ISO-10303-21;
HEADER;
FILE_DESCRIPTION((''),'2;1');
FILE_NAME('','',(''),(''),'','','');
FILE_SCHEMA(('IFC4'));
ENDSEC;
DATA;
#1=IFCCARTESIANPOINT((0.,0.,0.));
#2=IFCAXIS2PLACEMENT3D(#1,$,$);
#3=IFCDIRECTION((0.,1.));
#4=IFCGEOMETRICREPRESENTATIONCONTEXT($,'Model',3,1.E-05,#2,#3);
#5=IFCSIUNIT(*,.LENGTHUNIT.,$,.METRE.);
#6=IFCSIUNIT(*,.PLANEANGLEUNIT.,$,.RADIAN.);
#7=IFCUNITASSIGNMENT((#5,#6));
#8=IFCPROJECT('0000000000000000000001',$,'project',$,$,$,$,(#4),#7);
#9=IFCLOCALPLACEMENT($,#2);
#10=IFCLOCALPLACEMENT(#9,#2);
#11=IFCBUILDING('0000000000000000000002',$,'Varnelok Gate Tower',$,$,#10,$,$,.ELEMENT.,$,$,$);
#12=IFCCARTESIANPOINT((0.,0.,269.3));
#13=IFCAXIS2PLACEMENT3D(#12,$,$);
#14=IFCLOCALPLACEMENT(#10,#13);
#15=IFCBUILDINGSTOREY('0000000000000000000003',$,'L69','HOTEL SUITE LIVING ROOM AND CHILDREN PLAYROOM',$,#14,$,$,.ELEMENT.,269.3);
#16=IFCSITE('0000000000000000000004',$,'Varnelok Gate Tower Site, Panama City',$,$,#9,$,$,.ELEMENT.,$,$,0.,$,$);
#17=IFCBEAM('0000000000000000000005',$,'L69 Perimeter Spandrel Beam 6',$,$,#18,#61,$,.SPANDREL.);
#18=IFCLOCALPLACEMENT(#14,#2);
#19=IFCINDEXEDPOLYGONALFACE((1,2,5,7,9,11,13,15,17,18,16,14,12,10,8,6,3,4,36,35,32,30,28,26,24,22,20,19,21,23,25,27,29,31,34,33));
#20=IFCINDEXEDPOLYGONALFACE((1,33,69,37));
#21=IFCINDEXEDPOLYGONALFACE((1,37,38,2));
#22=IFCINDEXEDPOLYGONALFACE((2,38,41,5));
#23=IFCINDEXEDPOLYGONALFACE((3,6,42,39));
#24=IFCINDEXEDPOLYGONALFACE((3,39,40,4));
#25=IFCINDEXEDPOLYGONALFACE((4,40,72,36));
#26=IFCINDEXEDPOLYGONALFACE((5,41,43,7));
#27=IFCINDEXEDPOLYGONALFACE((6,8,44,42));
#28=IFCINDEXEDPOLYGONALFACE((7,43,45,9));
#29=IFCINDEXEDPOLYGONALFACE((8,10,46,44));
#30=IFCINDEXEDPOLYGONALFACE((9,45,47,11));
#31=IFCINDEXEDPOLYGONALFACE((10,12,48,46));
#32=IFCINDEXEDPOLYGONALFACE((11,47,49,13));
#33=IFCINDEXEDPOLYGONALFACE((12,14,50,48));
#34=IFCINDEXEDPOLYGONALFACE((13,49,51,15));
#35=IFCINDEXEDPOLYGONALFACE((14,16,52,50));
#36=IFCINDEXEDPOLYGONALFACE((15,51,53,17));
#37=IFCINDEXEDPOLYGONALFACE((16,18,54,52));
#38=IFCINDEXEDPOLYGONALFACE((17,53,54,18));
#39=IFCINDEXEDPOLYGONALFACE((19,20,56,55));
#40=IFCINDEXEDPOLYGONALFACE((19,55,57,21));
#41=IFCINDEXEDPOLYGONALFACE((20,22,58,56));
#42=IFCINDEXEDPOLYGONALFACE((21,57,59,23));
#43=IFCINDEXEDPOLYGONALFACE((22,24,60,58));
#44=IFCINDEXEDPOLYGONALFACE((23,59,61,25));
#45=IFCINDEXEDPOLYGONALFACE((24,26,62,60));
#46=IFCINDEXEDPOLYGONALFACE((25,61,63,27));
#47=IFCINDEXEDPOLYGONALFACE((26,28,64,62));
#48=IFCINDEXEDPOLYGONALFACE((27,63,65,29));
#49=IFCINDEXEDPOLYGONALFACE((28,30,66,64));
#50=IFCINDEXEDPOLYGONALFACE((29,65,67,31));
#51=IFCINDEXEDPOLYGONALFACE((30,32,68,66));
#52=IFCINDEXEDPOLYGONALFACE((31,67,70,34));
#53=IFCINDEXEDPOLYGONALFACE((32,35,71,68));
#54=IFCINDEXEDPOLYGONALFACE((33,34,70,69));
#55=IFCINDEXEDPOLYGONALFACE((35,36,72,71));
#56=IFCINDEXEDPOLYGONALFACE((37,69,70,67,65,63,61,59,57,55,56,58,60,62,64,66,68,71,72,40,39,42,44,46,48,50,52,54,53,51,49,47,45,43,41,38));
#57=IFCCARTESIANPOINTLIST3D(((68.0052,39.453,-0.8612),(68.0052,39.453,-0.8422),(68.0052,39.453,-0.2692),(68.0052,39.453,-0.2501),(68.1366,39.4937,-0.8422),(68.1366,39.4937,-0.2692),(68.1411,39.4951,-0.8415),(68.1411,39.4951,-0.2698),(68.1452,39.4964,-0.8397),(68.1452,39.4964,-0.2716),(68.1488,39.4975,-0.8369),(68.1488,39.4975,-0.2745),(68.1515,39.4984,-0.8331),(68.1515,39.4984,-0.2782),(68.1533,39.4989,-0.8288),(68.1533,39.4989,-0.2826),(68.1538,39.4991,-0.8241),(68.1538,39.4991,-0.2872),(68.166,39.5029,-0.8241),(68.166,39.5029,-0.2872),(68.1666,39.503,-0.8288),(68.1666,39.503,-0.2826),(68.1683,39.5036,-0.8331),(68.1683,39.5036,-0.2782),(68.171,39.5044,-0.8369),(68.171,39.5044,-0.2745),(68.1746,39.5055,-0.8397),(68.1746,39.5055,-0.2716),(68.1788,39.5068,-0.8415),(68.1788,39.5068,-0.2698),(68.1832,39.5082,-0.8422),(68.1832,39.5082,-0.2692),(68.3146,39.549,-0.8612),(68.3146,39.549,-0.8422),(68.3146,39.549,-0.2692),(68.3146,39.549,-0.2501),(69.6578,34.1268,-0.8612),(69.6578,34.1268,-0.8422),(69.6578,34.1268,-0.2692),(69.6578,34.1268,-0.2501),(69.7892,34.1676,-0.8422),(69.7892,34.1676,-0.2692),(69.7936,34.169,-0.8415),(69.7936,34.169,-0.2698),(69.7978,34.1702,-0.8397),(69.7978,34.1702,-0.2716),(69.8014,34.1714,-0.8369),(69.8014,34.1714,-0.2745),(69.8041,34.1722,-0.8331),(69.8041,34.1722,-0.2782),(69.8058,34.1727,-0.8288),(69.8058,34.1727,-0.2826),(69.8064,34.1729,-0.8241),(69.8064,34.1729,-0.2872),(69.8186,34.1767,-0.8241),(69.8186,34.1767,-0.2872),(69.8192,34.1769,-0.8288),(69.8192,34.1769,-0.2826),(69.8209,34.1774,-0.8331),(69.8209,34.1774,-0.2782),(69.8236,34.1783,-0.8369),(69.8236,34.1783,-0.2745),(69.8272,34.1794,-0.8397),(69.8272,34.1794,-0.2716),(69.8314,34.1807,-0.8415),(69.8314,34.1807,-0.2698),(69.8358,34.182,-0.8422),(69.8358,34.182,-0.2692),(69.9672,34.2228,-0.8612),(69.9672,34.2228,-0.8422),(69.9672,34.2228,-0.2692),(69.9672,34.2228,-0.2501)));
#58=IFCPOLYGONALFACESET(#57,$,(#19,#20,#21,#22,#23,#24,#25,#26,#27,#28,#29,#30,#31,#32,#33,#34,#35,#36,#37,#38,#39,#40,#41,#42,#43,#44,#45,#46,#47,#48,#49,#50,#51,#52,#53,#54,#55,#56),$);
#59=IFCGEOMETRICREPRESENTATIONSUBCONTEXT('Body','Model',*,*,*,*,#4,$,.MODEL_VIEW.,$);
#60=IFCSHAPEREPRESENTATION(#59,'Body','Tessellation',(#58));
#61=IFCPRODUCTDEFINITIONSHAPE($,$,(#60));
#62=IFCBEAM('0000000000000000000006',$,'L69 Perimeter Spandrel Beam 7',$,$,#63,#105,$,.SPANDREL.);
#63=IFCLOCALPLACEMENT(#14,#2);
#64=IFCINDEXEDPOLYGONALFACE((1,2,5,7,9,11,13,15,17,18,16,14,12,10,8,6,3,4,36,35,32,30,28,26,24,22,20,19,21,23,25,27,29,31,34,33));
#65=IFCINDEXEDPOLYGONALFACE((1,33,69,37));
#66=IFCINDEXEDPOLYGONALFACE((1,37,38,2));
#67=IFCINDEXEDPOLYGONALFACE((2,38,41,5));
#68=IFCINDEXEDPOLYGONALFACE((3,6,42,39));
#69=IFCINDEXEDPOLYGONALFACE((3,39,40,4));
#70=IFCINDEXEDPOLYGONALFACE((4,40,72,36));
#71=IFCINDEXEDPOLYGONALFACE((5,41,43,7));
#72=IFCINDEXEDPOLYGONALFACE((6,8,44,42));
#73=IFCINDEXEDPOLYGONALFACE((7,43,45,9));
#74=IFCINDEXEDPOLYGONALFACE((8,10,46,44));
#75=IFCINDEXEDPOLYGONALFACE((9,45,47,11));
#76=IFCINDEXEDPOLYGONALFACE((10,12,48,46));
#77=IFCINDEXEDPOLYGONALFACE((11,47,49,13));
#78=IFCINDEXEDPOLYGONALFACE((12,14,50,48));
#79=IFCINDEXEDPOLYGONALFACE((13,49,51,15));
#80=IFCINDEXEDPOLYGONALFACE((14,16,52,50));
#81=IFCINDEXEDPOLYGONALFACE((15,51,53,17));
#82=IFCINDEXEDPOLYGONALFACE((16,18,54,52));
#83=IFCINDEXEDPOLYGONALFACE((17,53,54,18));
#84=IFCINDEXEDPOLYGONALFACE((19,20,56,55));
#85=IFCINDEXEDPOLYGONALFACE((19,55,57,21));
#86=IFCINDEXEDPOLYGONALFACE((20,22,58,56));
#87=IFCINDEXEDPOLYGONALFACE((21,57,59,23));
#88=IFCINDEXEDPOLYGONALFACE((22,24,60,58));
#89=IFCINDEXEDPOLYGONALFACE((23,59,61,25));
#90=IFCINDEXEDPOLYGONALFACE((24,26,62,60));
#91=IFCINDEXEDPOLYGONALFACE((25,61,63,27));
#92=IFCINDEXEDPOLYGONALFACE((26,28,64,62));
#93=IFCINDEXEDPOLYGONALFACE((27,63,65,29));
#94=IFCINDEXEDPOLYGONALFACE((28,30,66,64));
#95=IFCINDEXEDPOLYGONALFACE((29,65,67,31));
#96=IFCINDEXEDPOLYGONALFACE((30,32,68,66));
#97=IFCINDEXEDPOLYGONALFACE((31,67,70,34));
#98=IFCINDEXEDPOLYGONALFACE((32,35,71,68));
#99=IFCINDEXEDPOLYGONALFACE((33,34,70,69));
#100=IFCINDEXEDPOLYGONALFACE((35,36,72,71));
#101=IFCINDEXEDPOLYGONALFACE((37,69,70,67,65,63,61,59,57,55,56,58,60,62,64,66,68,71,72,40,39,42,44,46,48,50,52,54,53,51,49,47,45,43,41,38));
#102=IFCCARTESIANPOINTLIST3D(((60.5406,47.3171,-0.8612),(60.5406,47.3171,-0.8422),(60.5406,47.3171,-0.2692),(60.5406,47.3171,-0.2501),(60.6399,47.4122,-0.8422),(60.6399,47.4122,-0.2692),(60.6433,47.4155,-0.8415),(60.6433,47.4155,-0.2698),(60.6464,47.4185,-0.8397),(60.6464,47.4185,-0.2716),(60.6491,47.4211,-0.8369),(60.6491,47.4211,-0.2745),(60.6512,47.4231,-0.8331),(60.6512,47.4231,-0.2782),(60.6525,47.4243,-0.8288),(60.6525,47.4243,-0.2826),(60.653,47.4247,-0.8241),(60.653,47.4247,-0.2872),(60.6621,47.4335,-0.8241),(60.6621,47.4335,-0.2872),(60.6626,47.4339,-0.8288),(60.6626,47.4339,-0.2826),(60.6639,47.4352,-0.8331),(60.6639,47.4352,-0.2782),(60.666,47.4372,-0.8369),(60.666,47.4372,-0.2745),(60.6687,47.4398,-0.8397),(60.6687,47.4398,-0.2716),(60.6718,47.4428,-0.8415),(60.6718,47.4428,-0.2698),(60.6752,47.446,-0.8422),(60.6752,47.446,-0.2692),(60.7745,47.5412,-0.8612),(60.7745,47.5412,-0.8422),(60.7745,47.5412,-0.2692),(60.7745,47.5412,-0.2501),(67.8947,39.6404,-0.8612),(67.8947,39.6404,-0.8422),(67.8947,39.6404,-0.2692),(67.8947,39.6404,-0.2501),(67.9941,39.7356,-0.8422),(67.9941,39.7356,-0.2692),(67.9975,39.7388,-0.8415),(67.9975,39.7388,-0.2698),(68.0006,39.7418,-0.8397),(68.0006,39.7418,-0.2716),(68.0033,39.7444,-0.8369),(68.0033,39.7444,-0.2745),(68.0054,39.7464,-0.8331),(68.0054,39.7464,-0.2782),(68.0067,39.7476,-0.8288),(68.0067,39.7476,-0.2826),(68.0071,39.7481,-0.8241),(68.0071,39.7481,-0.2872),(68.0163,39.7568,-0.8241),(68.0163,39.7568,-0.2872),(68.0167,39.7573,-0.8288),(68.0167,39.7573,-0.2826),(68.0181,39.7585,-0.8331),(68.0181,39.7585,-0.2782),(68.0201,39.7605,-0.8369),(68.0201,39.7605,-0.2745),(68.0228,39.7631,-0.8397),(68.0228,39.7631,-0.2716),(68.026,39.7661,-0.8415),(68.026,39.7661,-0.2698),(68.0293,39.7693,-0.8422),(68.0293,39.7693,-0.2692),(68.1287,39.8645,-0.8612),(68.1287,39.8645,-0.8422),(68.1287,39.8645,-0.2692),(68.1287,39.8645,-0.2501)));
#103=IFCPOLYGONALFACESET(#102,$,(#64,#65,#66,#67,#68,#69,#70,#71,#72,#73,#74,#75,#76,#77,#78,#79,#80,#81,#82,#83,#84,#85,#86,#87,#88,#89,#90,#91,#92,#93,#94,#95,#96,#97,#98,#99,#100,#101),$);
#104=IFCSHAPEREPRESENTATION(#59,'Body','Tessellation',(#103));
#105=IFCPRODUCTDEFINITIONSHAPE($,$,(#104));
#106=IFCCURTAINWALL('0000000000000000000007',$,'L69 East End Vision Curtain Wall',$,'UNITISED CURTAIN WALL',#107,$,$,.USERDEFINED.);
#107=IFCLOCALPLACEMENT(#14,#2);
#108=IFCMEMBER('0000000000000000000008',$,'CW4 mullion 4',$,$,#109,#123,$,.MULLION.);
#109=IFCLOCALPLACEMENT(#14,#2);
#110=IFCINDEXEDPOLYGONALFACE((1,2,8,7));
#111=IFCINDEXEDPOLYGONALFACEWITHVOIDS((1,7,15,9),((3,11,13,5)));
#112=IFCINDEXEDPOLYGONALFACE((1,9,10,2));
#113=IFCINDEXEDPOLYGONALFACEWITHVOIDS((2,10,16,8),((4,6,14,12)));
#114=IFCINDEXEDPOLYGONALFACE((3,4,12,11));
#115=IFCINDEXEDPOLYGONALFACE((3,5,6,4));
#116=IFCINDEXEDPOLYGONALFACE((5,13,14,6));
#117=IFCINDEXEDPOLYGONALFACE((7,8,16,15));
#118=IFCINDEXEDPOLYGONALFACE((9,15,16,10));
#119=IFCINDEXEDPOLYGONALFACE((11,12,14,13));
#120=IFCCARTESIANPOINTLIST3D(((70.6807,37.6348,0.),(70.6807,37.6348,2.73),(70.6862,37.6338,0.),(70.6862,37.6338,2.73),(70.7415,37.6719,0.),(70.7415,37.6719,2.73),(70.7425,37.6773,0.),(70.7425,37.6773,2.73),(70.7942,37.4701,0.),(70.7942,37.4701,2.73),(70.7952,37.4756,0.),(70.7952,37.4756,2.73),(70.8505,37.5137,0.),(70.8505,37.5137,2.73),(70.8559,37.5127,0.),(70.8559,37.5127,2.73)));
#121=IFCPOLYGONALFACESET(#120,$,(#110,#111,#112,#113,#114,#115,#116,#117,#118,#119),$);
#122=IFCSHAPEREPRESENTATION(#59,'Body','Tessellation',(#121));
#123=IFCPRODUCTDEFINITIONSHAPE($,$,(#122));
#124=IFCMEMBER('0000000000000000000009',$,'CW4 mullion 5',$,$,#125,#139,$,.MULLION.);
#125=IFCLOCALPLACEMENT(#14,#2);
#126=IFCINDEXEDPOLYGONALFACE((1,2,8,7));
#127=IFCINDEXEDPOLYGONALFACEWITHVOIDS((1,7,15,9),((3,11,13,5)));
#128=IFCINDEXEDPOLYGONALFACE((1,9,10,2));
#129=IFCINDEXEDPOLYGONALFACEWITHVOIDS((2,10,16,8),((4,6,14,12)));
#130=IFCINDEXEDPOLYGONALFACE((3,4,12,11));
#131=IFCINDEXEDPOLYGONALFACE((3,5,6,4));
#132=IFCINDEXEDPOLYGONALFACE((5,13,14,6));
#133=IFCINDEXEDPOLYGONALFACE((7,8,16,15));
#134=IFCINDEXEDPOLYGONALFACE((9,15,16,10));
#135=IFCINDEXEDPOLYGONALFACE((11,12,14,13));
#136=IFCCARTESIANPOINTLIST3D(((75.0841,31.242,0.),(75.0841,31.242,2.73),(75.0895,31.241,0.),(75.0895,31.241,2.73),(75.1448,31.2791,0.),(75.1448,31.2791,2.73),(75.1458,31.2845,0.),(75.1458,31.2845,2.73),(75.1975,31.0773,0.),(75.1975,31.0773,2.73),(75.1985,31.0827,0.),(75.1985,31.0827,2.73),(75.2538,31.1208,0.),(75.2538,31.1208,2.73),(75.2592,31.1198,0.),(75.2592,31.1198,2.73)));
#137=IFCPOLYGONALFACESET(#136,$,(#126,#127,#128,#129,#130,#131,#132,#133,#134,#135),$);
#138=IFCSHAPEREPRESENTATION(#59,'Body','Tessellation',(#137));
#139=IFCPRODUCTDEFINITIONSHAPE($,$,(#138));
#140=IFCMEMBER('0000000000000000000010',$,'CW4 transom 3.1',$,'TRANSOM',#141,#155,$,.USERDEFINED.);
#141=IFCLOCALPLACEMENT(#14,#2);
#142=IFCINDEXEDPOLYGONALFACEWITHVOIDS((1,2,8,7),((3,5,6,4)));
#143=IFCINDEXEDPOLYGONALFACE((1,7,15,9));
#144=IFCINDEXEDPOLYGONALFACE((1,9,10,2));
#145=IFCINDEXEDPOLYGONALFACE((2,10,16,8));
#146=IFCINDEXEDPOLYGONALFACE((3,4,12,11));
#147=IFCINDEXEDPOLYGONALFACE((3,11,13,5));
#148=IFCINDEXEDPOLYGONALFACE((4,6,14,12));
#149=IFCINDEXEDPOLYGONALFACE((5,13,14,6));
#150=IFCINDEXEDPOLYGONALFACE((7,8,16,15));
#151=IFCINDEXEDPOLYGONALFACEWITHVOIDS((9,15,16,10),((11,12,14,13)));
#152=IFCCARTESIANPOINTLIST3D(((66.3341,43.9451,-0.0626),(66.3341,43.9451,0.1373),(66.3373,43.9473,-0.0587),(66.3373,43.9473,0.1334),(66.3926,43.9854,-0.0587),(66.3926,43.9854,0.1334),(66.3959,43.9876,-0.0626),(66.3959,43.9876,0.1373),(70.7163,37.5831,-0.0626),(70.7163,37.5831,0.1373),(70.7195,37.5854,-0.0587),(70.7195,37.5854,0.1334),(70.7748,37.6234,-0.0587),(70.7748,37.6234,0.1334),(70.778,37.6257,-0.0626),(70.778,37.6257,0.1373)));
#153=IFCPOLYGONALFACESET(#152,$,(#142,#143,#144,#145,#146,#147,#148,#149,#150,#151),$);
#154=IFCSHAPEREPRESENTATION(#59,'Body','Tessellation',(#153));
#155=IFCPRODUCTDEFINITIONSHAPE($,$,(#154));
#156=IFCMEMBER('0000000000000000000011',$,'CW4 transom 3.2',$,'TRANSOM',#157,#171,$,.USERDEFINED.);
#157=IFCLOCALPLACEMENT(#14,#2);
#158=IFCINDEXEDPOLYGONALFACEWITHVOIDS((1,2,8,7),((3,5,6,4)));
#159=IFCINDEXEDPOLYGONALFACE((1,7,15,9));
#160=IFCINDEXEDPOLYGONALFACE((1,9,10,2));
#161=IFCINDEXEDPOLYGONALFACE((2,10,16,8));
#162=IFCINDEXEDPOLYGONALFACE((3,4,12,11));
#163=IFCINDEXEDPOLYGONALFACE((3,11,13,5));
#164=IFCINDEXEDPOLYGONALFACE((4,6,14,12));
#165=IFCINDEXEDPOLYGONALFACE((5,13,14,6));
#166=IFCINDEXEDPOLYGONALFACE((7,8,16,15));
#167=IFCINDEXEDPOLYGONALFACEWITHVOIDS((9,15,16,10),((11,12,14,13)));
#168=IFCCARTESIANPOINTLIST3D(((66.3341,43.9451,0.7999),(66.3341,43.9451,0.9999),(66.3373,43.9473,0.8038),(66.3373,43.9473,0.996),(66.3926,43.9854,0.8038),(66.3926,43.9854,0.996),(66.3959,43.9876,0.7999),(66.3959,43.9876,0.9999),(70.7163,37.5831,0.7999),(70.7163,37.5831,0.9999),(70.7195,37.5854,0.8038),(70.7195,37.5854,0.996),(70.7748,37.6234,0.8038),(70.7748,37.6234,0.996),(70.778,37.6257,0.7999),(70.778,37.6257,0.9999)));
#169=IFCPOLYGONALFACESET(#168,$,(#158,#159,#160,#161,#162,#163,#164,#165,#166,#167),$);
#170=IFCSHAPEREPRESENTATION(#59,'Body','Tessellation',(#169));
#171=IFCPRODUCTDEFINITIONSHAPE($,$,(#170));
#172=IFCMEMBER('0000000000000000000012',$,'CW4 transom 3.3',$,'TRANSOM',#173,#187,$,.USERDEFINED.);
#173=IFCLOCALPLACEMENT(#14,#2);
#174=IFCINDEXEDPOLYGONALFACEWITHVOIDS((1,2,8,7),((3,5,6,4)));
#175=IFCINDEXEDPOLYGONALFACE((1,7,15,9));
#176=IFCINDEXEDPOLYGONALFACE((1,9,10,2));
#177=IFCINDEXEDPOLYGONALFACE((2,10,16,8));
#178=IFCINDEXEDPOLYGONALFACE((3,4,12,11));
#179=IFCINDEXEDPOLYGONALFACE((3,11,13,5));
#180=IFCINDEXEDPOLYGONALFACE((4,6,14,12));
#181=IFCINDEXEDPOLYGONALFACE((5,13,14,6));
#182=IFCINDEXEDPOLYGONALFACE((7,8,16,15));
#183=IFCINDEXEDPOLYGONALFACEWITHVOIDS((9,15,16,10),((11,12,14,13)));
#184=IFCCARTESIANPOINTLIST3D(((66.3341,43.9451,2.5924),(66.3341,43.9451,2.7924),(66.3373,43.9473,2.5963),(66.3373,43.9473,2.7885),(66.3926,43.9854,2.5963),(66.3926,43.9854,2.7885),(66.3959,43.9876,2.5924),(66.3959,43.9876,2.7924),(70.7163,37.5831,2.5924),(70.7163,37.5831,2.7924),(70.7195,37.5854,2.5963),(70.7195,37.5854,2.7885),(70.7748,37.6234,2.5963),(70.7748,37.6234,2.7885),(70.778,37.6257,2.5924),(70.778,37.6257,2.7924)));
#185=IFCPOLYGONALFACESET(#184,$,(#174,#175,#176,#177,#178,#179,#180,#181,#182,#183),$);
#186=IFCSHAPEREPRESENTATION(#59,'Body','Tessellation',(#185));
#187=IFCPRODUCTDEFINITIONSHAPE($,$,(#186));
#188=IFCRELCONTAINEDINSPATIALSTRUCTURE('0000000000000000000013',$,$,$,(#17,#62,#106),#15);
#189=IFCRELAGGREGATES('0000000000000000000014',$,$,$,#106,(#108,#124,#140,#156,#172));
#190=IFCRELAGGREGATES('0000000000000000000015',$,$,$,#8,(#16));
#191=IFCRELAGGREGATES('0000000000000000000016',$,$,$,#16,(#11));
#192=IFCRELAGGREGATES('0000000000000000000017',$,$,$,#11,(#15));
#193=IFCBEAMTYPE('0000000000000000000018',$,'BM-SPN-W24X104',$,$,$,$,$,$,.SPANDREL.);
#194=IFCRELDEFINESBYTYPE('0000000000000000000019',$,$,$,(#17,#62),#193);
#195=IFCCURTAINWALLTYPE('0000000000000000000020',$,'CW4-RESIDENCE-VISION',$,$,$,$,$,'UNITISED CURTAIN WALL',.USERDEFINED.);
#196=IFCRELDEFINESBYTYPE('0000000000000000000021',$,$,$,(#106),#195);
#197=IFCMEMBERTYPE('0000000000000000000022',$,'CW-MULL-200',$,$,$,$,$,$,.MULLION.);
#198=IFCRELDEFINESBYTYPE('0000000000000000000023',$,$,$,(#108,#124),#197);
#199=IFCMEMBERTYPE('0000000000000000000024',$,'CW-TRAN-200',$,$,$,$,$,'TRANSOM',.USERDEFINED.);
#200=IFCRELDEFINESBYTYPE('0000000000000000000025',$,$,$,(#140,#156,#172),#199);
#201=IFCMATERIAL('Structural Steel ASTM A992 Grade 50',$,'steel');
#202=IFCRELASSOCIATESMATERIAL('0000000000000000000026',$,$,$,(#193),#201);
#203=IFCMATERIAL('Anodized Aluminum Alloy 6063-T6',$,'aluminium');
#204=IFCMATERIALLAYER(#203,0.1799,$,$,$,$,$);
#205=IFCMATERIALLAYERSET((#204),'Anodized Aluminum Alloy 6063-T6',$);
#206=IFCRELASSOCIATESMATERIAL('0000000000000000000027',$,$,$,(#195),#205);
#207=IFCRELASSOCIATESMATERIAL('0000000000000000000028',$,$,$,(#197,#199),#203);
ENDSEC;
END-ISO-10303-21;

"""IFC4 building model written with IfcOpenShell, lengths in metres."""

from ifc_helpers import new_model, si_unit, direction, frame, origin, origin_2d, place, context, subcontext, project, spatial, hollow_rectangle, i_section, extrude, material, layer, layer_set, material_profile, profile_set, type_object, element, aggregate, save


model = new_model("IFC4")

# Units and contexts
model_context = context("Model", 3, precision=1e-05, world=origin(), true_north=direction((0.0, 1.0)))
body_context = subcontext(model_context, "Body", "Model", "MODEL_VIEW")
ifc_project = project(units=[si_unit("LENGTHUNIT", "METRE"), si_unit("PLANEANGLEUNIT", "RADIAN")], contexts=[model_context])

# Site, building, storey
site_placement = place(None, origin())
site = spatial("IfcSite", under=ifc_project, at=site_placement, Name="Varnelok Gate Tower Site, Panama City", CompositionType="ELEMENT", RefElevation=0.0)
building_placement = place(site_placement, origin())
building = spatial("IfcBuilding", under=site, at=building_placement, Name="Varnelok Gate Tower", CompositionType="ELEMENT")
storey_placement = place(building_placement, frame((0.0, 0.0, 269.3)))
storey = spatial("IfcBuildingStorey", under=building, at=storey_placement, Name="L69", Description="HOTEL SUITE LIVING ROOM AND CHILDREN PLAYROOM", CompositionType="ELEMENT", Elevation=269.3)

# Shared definitions
ifc_material_1 = material(Name="Structural Steel ASTM A992 Grade 50", Category="steel")

# Beams
ifc_material_profile_1 = material_profile(ifc_material_1, i_section(OverallWidth=0.324, OverallDepth=0.6111, WebThickness=0.0127, FlangeThickness=0.019, FilletRadius=0.0181, at=origin_2d()), Name="W24X104")
ifc_profile_set_1 = profile_set([ifc_material_profile_1], Name="Structural Steel ASTM A992 Grade 50")
beam_type_1 = type_object("IfcBeamType", Name="BM-SPN-W24X104", PredefinedType="SPANDREL", material=ifc_profile_set_1)
beam_1_placement = place(storey_placement, frame((69.8125, 34.1748, -0.5557), z_axis=(-0.29634, 0.955083, 0.0), x_axis=(-0.955083, -0.29634, 0.0)))
element("IfcBeam", 1, at=beam_1_placement, inside=storey, type_object=beam_type_1, Name="L69 Perimeter Spandrel Beam 6", PredefinedType="SPANDREL", context=body_context, shape_type="SweptSolid", body=[
    extrude(i_section(OverallWidth=0.324, OverallDepth=0.6111, WebThickness=0.0127, FlangeThickness=0.019, FilletRadius=0.0181, at=origin_2d()), origin(), (0.0, 0.0, 1.0), 5.5767),
])
beam_2_placement = place(storey_placement, frame((68.0117, 39.7524, -0.5557), z_axis=(-0.691776, 0.722112, 0.0), x_axis=(-0.722112, -0.691776, 0.0)))
element("IfcBeam", 2, at=beam_2_placement, inside=storey, type_object=beam_type_1, Name="L69 Perimeter Spandrel Beam 7", PredefinedType="SPANDREL", context=body_context, shape_type="SweptSolid", body=[
    extrude(i_section(OverallWidth=0.324, OverallDepth=0.6111, WebThickness=0.0127, FlangeThickness=0.019, FilletRadius=0.0181, at=origin_2d()), origin(), (0.0, 0.0, 1.0), 10.6309),
])

# Curtain wall, members
ifc_material_2 = material(Name="Anodized Aluminum Alloy 6063-T6", Category="aluminium")
ifc_layer_1 = layer(ifc_material_2, 0.1799)
ifc_layer_set_1 = layer_set([ifc_layer_1], Name="Anodized Aluminum Alloy 6063-T6")
curtain_wall_type = type_object("IfcCurtainWallType", Name="CW4-RESIDENCE-VISION", ElementType="UNITISED CURTAIN WALL", PredefinedType="USERDEFINED", material=ifc_layer_set_1)
curtain_wall_placement = place(storey_placement, origin())
curtain_wall = element("IfcCurtainWall", 3, at=curtain_wall_placement, inside=storey, type_object=curtain_wall_type, Name="L69 East End Vision Curtain Wall", ObjectType="UNITISED CURTAIN WALL", PredefinedType="USERDEFINED")
ifc_material_profile_2 = material_profile(ifc_material_2, hollow_rectangle(XDim=0.075, YDim=0.2, WallThickness=0.0039, at=origin_2d()), Name="ALU200X75X4")
ifc_profile_set_2 = profile_set([ifc_material_profile_2], Name="Anodized Aluminum Alloy 6063-T6")
member_type_1 = type_object("IfcMemberType", Name="CW-MULL-200", PredefinedType="MULLION", material=ifc_profile_set_2)
member_1_placement = place(storey_placement, frame((70.7683, 37.5737, 0.0), z_axis=(0.0, 0.0, 1.0), x_axis=(0.823532, 0.567269, 0.0)))
member_1 = element("IfcMember", 4, at=member_1_placement, type_object=member_type_1, Name="CW4 mullion 4", PredefinedType="MULLION", context=body_context, shape_type="SweptSolid", body=[
    extrude(hollow_rectangle(XDim=0.075, YDim=0.2, WallThickness=0.0039, at=origin_2d()), origin(), (0.0, 0.0, 1.0), 2.73),
])
member_2_placement = place(storey_placement, frame((75.1716, 31.1809, 0.0), z_axis=(0.0, 0.0, 1.0), x_axis=(0.823532, 0.567269, 0.0)))
member_2 = element("IfcMember", 5, at=member_2_placement, type_object=member_type_1, Name="CW4 mullion 5", PredefinedType="MULLION", context=body_context, shape_type="SweptSolid", body=[
    extrude(hollow_rectangle(XDim=0.075, YDim=0.2, WallThickness=0.0039, at=origin_2d()), origin(), (0.0, 0.0, 1.0), 2.73),
])
ifc_material_profile_3 = material_profile(ifc_material_2, hollow_rectangle(XDim=0.075, YDim=0.2, WallThickness=0.0039, at=origin_2d()), Name="ALU200X75X4")
ifc_profile_set_3 = profile_set([ifc_material_profile_3], Name="Anodized Aluminum Alloy 6063-T6")
member_type_2 = type_object("IfcMemberType", Name="CW-TRAN-200", ElementType="TRANSOM", PredefinedType="USERDEFINED", material=ifc_profile_set_3)
member_3_placement = place(storey_placement, frame((66.365, 43.9663, 0.0374), z_axis=(0.567261, -0.823538, 0.0), x_axis=(0.823538, 0.567261, 0.0)))
member_3 = element("IfcMember", 6, at=member_3_placement, type_object=member_type_2, Name="CW4 transom 3.1", ObjectType="TRANSOM", PredefinedType="USERDEFINED", context=body_context, shape_type="SweptSolid", body=[
    extrude(hollow_rectangle(XDim=0.075, YDim=0.2, WallThickness=0.0039, at=origin_2d()), origin(), (0.0, 0.0, 1.0), 7.7251),
])
member_4_placement = place(storey_placement, frame((66.365, 43.9663, 0.8999), z_axis=(0.567261, -0.823538, 0.0), x_axis=(0.823538, 0.567261, 0.0)))
member_4 = element("IfcMember", 7, at=member_4_placement, type_object=member_type_2, Name="CW4 transom 3.2", ObjectType="TRANSOM", PredefinedType="USERDEFINED", context=body_context, shape_type="SweptSolid", body=[
    extrude(hollow_rectangle(XDim=0.075, YDim=0.2, WallThickness=0.0039, at=origin_2d()), origin(), (0.0, 0.0, 1.0), 7.7251),
])
member_5_placement = place(storey_placement, frame((66.365, 43.9663, 2.6924), z_axis=(0.567261, -0.823538, 0.0), x_axis=(0.823538, 0.567261, 0.0)))
member_5 = element("IfcMember", 8, at=member_5_placement, type_object=member_type_2, Name="CW4 transom 3.3", ObjectType="TRANSOM", PredefinedType="USERDEFINED", context=body_context, shape_type="SweptSolid", body=[
    extrude(hollow_rectangle(XDim=0.075, YDim=0.2, WallThickness=0.0039, at=origin_2d()), origin(), (0.0, 0.0, 1.0), 7.7251),
])
aggregate(curtain_wall, [member_1, member_2, member_3, member_4, member_5])

save(model, "model.ifc")
